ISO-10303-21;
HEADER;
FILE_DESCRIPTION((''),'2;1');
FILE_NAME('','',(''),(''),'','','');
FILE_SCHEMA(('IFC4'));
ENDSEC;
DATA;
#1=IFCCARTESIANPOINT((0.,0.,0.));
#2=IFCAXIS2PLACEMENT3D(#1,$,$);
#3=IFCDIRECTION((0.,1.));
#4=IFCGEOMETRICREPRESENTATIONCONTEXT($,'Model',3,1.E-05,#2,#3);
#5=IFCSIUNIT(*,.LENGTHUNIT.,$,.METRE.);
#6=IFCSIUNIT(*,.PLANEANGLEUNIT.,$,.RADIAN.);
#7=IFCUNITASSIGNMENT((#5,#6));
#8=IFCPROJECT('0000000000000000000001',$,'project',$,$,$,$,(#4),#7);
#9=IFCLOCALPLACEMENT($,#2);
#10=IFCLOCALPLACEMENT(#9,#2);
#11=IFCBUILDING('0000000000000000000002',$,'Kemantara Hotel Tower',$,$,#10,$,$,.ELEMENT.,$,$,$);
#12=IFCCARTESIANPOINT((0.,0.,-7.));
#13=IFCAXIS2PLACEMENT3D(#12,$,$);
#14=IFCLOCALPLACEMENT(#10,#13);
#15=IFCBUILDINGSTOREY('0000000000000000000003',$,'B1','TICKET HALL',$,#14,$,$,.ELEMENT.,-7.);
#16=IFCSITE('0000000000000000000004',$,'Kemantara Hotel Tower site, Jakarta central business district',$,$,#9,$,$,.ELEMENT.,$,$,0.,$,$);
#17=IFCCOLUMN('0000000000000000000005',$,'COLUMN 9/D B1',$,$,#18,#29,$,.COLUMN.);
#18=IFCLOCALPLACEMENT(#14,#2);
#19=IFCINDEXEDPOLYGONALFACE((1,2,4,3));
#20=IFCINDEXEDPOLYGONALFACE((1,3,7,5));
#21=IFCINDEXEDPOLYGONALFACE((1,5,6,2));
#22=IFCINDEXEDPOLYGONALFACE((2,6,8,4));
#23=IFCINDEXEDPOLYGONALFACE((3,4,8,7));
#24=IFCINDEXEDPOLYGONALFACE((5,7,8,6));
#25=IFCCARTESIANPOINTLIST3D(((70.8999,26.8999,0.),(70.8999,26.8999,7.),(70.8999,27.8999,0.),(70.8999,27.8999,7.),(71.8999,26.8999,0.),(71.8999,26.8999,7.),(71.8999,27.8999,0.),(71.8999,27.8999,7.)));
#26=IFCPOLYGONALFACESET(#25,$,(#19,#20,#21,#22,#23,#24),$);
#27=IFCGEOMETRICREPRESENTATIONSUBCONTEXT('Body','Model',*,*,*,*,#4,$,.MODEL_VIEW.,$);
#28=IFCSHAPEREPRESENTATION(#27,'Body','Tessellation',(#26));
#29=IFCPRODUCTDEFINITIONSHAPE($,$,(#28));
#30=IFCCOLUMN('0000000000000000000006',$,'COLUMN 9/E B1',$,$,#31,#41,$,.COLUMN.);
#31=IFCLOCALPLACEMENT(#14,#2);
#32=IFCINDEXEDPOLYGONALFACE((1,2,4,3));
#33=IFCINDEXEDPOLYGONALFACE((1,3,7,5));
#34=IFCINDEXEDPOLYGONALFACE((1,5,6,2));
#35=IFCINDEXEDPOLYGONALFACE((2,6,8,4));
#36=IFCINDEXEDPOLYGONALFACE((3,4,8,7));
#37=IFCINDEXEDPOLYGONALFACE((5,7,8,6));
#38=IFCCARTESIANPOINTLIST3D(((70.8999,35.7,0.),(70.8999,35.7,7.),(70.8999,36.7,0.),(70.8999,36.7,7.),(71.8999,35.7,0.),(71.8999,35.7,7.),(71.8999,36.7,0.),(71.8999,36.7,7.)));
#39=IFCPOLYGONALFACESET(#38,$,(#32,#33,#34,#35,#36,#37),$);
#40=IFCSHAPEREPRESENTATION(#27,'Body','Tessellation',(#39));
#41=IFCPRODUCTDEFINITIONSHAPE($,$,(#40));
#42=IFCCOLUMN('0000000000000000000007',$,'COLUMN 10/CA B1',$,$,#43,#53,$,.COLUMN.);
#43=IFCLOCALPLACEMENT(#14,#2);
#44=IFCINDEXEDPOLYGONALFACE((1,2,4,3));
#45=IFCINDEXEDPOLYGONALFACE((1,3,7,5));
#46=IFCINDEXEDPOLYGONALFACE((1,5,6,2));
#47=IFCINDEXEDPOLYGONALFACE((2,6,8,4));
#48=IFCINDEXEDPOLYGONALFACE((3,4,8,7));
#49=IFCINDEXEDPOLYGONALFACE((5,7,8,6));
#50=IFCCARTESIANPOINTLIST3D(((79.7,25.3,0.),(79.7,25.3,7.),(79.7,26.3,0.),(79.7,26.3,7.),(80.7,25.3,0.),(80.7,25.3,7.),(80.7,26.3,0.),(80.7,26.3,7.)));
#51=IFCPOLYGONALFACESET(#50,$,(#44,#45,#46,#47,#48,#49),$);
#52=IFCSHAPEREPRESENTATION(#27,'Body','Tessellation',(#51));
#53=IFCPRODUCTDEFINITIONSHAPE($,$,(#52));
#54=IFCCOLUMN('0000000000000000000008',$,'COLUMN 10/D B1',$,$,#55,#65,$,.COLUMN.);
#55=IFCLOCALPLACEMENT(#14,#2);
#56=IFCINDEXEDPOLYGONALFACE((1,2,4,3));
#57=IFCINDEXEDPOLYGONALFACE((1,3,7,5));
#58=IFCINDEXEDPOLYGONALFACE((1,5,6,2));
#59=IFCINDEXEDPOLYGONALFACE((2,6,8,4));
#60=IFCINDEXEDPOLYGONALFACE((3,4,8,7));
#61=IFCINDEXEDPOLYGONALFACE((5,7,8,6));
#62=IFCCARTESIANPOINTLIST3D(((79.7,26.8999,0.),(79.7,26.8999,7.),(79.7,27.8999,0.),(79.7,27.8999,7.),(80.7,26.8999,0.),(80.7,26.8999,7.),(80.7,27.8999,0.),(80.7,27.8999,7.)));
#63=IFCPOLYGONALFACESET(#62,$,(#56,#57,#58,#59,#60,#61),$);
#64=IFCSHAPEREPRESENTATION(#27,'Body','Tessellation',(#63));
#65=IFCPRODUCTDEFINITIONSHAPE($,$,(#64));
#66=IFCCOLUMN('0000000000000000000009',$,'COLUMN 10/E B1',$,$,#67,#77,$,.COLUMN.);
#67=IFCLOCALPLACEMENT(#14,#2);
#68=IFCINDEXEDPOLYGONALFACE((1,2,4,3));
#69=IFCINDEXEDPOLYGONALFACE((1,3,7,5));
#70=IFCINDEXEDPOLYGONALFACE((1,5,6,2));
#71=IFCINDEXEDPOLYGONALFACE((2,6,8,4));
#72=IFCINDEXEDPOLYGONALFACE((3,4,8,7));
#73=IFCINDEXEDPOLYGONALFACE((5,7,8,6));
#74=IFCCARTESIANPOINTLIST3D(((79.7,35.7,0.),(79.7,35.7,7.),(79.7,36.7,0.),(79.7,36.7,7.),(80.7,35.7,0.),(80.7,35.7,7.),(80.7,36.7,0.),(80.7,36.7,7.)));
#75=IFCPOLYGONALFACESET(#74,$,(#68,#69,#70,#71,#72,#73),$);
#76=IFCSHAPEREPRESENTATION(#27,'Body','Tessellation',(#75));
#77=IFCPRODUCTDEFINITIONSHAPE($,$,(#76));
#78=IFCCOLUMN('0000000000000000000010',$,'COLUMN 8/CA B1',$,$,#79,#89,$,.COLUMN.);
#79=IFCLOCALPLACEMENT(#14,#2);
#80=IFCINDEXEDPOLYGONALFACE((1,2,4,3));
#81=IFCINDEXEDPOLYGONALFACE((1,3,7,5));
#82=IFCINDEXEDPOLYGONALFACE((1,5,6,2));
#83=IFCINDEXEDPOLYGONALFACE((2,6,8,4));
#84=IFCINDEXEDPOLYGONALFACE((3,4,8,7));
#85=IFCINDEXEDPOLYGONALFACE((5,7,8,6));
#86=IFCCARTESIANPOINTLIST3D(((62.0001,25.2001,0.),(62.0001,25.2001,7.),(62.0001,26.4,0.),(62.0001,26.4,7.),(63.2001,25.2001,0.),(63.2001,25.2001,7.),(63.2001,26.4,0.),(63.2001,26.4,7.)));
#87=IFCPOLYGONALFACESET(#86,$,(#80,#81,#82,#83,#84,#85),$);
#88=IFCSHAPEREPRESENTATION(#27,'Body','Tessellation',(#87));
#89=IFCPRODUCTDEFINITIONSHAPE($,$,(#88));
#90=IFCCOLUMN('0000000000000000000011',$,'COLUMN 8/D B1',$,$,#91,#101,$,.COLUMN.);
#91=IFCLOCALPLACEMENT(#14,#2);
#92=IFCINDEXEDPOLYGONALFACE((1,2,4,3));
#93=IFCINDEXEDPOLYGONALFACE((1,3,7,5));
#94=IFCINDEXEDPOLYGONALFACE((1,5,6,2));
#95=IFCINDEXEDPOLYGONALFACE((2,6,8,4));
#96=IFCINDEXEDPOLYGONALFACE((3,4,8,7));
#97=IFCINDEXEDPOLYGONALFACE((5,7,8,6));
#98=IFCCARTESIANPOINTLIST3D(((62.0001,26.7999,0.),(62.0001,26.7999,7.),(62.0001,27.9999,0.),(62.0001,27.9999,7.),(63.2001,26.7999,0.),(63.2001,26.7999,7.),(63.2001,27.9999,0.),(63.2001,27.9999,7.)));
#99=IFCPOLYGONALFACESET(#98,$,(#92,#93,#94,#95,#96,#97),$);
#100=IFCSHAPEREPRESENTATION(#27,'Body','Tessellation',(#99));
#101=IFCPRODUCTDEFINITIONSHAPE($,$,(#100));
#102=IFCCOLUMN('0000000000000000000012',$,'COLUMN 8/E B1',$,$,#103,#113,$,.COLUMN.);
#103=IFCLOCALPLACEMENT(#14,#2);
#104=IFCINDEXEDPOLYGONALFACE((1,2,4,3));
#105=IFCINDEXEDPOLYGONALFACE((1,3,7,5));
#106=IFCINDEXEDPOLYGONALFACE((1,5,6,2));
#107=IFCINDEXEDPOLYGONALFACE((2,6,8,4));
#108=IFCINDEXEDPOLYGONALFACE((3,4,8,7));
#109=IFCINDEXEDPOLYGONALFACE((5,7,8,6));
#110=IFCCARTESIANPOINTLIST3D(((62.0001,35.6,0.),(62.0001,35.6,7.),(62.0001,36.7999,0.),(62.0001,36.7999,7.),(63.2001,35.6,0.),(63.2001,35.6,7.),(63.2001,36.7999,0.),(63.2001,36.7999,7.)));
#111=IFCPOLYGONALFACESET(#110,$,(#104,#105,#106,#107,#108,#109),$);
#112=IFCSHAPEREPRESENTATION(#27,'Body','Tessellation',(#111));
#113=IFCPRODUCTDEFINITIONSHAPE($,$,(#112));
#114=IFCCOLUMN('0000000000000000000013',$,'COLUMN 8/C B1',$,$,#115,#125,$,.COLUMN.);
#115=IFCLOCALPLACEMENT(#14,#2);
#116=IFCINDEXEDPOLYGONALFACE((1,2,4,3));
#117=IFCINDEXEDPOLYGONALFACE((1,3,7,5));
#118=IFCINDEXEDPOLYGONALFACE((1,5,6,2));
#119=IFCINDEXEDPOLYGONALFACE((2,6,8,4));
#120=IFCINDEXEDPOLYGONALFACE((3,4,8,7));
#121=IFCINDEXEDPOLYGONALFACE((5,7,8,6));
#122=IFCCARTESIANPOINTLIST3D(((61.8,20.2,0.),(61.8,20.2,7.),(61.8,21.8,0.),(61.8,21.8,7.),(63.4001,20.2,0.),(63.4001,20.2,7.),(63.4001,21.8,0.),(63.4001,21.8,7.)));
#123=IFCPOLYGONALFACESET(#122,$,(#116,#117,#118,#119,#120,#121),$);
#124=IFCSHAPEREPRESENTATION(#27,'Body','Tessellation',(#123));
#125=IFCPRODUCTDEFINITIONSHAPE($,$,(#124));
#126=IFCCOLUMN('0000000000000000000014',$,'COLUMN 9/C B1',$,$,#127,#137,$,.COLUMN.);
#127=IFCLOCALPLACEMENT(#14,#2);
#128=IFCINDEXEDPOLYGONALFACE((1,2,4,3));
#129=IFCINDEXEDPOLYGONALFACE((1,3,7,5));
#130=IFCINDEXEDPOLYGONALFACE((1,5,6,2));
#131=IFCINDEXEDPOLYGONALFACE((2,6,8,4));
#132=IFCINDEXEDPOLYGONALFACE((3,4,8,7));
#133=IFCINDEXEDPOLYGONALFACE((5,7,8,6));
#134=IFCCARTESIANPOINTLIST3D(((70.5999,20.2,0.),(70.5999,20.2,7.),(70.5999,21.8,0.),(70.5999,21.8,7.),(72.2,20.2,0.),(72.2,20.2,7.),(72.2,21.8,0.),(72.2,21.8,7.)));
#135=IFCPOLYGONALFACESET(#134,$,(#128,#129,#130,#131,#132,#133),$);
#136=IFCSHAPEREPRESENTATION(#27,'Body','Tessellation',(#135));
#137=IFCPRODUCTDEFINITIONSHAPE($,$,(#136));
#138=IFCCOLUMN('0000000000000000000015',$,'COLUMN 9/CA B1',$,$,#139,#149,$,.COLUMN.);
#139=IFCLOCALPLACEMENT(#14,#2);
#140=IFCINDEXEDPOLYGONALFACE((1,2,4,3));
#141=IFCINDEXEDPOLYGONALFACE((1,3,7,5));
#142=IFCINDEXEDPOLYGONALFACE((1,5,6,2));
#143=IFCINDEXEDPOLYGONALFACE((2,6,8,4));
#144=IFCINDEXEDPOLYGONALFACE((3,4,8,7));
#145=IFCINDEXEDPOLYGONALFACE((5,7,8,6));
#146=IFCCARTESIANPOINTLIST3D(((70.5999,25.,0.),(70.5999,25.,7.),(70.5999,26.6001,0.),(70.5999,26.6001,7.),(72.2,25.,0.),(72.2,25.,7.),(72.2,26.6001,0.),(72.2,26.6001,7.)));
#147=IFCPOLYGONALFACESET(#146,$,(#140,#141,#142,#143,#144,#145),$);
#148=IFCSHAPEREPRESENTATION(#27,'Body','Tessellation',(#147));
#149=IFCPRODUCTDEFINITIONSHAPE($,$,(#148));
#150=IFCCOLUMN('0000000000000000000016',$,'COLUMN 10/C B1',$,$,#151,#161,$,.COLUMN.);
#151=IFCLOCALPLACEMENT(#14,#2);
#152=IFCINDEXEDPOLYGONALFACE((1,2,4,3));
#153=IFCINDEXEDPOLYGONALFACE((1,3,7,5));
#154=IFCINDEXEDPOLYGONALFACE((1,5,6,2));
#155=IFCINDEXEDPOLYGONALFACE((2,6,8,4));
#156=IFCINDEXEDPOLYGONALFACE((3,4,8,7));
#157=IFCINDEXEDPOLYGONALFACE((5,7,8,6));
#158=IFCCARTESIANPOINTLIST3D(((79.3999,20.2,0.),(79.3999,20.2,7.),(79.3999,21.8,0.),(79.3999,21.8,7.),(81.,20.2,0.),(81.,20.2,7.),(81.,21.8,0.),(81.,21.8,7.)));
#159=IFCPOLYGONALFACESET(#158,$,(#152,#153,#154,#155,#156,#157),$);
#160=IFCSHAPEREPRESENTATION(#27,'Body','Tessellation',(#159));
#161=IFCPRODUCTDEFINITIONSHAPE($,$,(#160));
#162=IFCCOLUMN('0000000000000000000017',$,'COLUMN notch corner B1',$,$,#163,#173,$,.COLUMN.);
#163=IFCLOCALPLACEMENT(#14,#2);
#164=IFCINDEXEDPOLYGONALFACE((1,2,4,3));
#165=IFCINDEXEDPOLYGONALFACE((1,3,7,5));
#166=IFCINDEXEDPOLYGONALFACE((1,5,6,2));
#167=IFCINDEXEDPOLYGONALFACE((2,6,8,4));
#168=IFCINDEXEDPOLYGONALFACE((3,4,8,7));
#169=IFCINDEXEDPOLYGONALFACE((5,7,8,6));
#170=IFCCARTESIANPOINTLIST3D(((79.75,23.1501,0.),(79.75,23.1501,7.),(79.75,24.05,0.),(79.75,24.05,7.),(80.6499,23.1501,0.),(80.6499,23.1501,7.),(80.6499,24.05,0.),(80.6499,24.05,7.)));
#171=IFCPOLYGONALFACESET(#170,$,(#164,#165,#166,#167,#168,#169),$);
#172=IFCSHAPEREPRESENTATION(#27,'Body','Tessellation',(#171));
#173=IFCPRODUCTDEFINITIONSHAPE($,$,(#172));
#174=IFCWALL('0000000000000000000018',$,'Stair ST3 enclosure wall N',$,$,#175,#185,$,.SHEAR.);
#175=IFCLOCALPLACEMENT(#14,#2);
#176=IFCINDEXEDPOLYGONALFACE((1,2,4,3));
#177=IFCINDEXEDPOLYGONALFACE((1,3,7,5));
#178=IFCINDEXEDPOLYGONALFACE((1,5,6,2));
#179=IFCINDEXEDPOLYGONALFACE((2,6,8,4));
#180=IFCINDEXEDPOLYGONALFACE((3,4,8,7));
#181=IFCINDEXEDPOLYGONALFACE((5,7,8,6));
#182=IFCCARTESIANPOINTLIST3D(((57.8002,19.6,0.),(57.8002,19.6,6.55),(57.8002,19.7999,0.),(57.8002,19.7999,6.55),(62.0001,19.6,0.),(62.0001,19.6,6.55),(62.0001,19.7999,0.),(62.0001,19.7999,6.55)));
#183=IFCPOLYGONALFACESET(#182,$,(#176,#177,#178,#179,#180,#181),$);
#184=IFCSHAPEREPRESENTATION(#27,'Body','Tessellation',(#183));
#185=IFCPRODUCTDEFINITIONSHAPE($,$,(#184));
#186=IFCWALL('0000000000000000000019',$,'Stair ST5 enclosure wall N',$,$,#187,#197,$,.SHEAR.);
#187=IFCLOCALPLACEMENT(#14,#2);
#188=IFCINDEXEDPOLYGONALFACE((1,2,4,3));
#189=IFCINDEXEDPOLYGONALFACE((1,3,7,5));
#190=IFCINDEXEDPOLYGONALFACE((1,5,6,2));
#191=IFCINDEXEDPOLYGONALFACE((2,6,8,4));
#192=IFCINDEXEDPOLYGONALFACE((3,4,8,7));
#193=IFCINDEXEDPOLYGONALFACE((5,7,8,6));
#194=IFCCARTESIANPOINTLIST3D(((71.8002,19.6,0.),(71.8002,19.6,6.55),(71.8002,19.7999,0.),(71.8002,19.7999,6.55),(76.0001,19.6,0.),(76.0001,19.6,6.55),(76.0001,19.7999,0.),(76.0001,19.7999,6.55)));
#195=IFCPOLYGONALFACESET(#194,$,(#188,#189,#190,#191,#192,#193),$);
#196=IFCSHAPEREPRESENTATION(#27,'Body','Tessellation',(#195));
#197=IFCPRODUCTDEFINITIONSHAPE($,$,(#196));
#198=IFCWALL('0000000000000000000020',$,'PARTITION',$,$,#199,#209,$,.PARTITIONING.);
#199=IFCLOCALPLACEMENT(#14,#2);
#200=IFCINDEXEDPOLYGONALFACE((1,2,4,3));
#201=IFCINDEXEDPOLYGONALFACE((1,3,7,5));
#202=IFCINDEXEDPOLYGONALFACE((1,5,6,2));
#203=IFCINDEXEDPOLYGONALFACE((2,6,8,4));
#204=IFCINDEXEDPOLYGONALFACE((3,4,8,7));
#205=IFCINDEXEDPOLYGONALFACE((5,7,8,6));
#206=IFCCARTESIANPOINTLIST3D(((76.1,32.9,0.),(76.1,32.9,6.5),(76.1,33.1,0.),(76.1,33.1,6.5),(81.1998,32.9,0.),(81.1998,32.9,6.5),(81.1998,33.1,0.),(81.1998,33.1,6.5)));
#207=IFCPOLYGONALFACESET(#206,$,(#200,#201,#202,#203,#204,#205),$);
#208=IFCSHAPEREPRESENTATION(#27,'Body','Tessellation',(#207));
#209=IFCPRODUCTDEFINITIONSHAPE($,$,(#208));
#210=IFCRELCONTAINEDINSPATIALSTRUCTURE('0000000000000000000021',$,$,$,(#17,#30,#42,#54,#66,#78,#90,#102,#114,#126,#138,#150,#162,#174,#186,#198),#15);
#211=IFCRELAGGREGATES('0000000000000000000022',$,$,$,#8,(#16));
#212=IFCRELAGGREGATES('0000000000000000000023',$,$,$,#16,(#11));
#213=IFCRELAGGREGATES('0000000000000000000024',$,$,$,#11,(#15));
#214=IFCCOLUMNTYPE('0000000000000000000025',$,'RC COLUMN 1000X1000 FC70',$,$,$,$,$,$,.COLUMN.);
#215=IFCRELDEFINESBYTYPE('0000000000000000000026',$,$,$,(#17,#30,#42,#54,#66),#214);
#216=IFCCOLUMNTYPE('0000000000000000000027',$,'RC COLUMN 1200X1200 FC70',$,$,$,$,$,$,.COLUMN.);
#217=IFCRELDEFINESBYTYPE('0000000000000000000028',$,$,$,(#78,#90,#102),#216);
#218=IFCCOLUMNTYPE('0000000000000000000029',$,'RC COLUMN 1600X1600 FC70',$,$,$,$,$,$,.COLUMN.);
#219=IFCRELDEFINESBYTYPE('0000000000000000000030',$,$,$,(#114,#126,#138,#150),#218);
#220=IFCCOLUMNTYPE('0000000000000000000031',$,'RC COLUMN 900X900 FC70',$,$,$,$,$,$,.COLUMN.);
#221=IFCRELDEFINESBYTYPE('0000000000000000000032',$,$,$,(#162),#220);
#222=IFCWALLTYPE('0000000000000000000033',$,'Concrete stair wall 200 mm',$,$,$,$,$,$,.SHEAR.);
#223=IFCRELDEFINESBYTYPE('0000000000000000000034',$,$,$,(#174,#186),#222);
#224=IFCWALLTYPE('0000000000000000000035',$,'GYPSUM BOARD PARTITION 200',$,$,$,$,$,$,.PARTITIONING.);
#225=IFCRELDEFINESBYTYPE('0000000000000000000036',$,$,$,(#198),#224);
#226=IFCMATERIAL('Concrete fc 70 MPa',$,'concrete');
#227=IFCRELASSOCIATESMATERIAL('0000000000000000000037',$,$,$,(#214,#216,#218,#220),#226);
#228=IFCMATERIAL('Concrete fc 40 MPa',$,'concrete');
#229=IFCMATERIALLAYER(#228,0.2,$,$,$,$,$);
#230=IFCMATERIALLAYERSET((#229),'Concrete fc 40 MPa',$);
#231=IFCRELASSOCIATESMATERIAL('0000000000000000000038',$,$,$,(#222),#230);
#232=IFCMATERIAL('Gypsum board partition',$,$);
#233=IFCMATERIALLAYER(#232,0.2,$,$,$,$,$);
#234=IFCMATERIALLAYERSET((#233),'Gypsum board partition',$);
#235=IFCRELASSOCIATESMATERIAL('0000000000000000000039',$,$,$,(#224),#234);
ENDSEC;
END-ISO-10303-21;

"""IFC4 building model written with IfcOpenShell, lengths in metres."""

from ifc_helpers import new_model, si_unit, direction, frame, frame_2d, origin, origin_2d, place, context, subcontext, project, spatial, rectangle, extrude, material, layer, layer_set, material_profile, profile_set, type_object, element, save


model = new_model("IFC4")

# Units and contexts
model_context = context("Model", 3, precision=1e-05, world=origin(), true_north=direction((0.0, 1.0)))
body_context = subcontext(model_context, "Body", "Model", "MODEL_VIEW")
ifc_project = project(units=[si_unit("LENGTHUNIT", "METRE"), si_unit("PLANEANGLEUNIT", "RADIAN")], contexts=[model_context])

# Site, building, storey
site_placement = place(None, origin())
site = spatial("IfcSite", under=ifc_project, at=site_placement, Name="Kemantara Hotel Tower site, Jakarta central business district", CompositionType="ELEMENT", RefElevation=0.0)
building_placement = place(site_placement, origin())
building = spatial("IfcBuilding", under=site, at=building_placement, Name="Kemantara Hotel Tower", CompositionType="ELEMENT")
storey_placement = place(building_placement, frame((0.0, 0.0, -7.0)))
storey = spatial("IfcBuildingStorey", under=building, at=storey_placement, Name="B1", Description="TICKET HALL", CompositionType="ELEMENT", Elevation=-7.0)

# Columns
ifc_material_1 = material(Name="Concrete fc 70 MPa", Category="concrete")
ifc_material_profile_1 = material_profile(ifc_material_1, rectangle(XDim=1.0, YDim=1.0, at=origin_2d()), Name="RC 1000X1000")
ifc_profile_set_1 = profile_set([ifc_material_profile_1], Name="Concrete fc 70 MPa")
column_type_1 = type_object("IfcColumnType", Name="RC COLUMN 1000X1000 FC70", PredefinedType="COLUMN", material=ifc_profile_set_1)
for number, where, z_axis, x_axis, name in (
    (1, (71.3999, 27.3999, 0.0), (0.0, 0.0, 1.0), (1.0, 0.0, 0.0), "COLUMN 9/D B1"),
    (2, (71.3999, 36.2, 0.0), (0.0, 0.0, 1.0), (1.0, 0.0, 0.0), "COLUMN 9/E B1"),
    (3, (80.2, 25.8, 0.0), (0.0, 0.0, 1.0), (1.0, 0.0, 0.0), "COLUMN 10/CA B1"),
    (4, (80.2, 27.3999, 0.0), (0.0, 0.0, 1.0), (1.0, 0.0, 0.0), "COLUMN 10/D B1"),
    (5, (80.2, 36.2, 0.0), (0.0, 0.0, 1.0), (1.0, 0.0, 0.0), "COLUMN 10/E B1"),
):
    element("IfcColumn", number, at=place(storey_placement, frame(where, z_axis=z_axis, x_axis=x_axis)), inside=storey, type_object=column_type_1, Name=name, PredefinedType="COLUMN", context=body_context, shape_type="SweptSolid", body=[
        extrude(rectangle(XDim=1.0, YDim=1.0, at=origin_2d()), origin(), (0.0, 0.0, 1.0), 7.0),
    ])
ifc_material_profile_2 = material_profile(ifc_material_1, rectangle(XDim=1.2, YDim=1.2, at=origin_2d()), Name="RC 1200X1200")
ifc_profile_set_2 = profile_set([ifc_material_profile_2], Name="Concrete fc 70 MPa")
column_type_2 = type_object("IfcColumnType", Name="RC COLUMN 1200X1200 FC70", PredefinedType="COLUMN", material=ifc_profile_set_2)
for number, where, z_axis, x_axis, name in (
    (6, (62.6001, 25.8, 0.0), (0.0, 0.0, 1.0), (1.0, 0.0, 0.0), "COLUMN 8/CA B1"),
    (7, (62.6001, 27.3999, 0.0), (0.0, 0.0, 1.0), (1.0, 0.0, 0.0), "COLUMN 8/D B1"),
    (8, (62.6001, 36.2, 0.0), (0.0, 0.0, 1.0), (1.0, 0.0, 0.0), "COLUMN 8/E B1"),
):
    element("IfcColumn", number, at=place(storey_placement, frame(where, z_axis=z_axis, x_axis=x_axis)), inside=storey, type_object=column_type_2, Name=name, PredefinedType="COLUMN", context=body_context, shape_type="SweptSolid", body=[
        extrude(rectangle(XDim=1.2, YDim=1.2, at=origin_2d()), origin(), (0.0, 0.0, 1.0), 7.0),
    ])
ifc_material_profile_3 = material_profile(ifc_material_1, rectangle(XDim=1.6001, YDim=1.6001, at=origin_2d()), Name="RC 1600X1600")
ifc_profile_set_3 = profile_set([ifc_material_profile_3], Name="Concrete fc 70 MPa")
column_type_3 = type_object("IfcColumnType", Name="RC COLUMN 1600X1600 FC70", PredefinedType="COLUMN", material=ifc_profile_set_3)
for number, where, z_axis, x_axis, name in (
    (9, (62.6001, 21.0, 0.0), (0.0, 0.0, 1.0), (1.0, 0.0, 0.0), "COLUMN 8/C B1"),
    (10, (71.3999, 21.0, 0.0), (0.0, 0.0, 1.0), (1.0, 0.0, 0.0), "COLUMN 9/C B1"),
    (11, (71.3999, 25.8, 0.0), (0.0, 0.0, 1.0), (1.0, 0.0, 0.0), "COLUMN 9/CA B1"),
    (12, (80.2, 21.0, 0.0), (0.0, 0.0, 1.0), (1.0, 0.0, 0.0), "COLUMN 10/C B1"),
):
    element("IfcColumn", number, at=place(storey_placement, frame(where, z_axis=z_axis, x_axis=x_axis)), inside=storey, type_object=column_type_3, Name=name, PredefinedType="COLUMN", context=body_context, shape_type="SweptSolid", body=[
        extrude(rectangle(XDim=1.6001, YDim=1.6001, at=origin_2d()), origin(), (0.0, 0.0, 1.0), 7.0),
    ])
ifc_material_profile_4 = material_profile(ifc_material_1, rectangle(XDim=0.8999, YDim=0.8999, at=origin_2d()), Name="RC 900X900")
ifc_profile_set_4 = profile_set([ifc_material_profile_4], Name="Concrete fc 70 MPa")
column_type_4 = type_object("IfcColumnType", Name="RC COLUMN 900X900 FC70", PredefinedType="COLUMN", material=ifc_profile_set_4)
column_placement = place(storey_placement, frame((80.2, 23.6001, 0.0), z_axis=(0.0, 0.0, 1.0), x_axis=(1.0, 0.0, 0.0)))
element("IfcColumn", 13, at=column_placement, inside=storey, type_object=column_type_4, Name="COLUMN notch corner B1", PredefinedType="COLUMN", context=body_context, shape_type="SweptSolid", body=[
    extrude(rectangle(XDim=0.8999, YDim=0.8999, at=origin_2d()), origin(), (0.0, 0.0, 1.0), 7.0),
])

# Walls
ifc_material_2 = material(Name="Concrete fc 40 MPa", Category="concrete")
ifc_layer_1 = layer(ifc_material_2, 0.2)
ifc_layer_set_1 = layer_set([ifc_layer_1], Name="Concrete fc 40 MPa")
wall_type_1 = type_object("IfcWallType", Name="Concrete stair wall 200 mm", PredefinedType="SHEAR", material=ifc_layer_set_1)
for number, where, z_axis, x_axis, name in (
    (14, (57.8, 19.7, 0.0), (0.0, 0.0, 1.0), (1.0, 0.0, 0.0), "Stair ST3 enclosure wall N"),
    (15, (71.8, 19.7, 0.0), (0.0, 0.0, 1.0), (1.0, 0.0, 0.0), "Stair ST5 enclosure wall N"),
):
    element("IfcWall", number, at=place(storey_placement, frame(where, z_axis=z_axis, x_axis=x_axis)), inside=storey, type_object=wall_type_1, Name=name, PredefinedType="SHEAR", context=body_context, shape_type="SweptSolid", body=[
        extrude(rectangle(XDim=4.2, YDim=0.2, at=frame_2d((2.1001, 0.0))), origin(), (0.0, 0.0, 1.0), 6.55),
    ])
ifc_material_3 = material(Name="Gypsum board partition")
ifc_layer_2 = layer(ifc_material_3, 0.2)
ifc_layer_set_2 = layer_set([ifc_layer_2], Name="Gypsum board partition")
wall_type_2 = type_object("IfcWallType", Name="GYPSUM BOARD PARTITION 200", PredefinedType="PARTITIONING", material=ifc_layer_set_2)
wall_1_placement = place(storey_placement, frame((76.1001, 33.0, 0.0), z_axis=(0.0, 0.0, 1.0), x_axis=(1.0, 0.0, 0.0)))
element("IfcWall", 16, at=wall_1_placement, inside=storey, type_object=wall_type_2, Name="PARTITION", PredefinedType="PARTITIONING", context=body_context, shape_type="SweptSolid", body=[
    extrude(rectangle(XDim=5.0999, YDim=0.2, at=frame_2d((2.5498, 0.0))), origin(), (0.0, 0.0, 1.0), 6.5),
])

save(model, "model.ifc")
